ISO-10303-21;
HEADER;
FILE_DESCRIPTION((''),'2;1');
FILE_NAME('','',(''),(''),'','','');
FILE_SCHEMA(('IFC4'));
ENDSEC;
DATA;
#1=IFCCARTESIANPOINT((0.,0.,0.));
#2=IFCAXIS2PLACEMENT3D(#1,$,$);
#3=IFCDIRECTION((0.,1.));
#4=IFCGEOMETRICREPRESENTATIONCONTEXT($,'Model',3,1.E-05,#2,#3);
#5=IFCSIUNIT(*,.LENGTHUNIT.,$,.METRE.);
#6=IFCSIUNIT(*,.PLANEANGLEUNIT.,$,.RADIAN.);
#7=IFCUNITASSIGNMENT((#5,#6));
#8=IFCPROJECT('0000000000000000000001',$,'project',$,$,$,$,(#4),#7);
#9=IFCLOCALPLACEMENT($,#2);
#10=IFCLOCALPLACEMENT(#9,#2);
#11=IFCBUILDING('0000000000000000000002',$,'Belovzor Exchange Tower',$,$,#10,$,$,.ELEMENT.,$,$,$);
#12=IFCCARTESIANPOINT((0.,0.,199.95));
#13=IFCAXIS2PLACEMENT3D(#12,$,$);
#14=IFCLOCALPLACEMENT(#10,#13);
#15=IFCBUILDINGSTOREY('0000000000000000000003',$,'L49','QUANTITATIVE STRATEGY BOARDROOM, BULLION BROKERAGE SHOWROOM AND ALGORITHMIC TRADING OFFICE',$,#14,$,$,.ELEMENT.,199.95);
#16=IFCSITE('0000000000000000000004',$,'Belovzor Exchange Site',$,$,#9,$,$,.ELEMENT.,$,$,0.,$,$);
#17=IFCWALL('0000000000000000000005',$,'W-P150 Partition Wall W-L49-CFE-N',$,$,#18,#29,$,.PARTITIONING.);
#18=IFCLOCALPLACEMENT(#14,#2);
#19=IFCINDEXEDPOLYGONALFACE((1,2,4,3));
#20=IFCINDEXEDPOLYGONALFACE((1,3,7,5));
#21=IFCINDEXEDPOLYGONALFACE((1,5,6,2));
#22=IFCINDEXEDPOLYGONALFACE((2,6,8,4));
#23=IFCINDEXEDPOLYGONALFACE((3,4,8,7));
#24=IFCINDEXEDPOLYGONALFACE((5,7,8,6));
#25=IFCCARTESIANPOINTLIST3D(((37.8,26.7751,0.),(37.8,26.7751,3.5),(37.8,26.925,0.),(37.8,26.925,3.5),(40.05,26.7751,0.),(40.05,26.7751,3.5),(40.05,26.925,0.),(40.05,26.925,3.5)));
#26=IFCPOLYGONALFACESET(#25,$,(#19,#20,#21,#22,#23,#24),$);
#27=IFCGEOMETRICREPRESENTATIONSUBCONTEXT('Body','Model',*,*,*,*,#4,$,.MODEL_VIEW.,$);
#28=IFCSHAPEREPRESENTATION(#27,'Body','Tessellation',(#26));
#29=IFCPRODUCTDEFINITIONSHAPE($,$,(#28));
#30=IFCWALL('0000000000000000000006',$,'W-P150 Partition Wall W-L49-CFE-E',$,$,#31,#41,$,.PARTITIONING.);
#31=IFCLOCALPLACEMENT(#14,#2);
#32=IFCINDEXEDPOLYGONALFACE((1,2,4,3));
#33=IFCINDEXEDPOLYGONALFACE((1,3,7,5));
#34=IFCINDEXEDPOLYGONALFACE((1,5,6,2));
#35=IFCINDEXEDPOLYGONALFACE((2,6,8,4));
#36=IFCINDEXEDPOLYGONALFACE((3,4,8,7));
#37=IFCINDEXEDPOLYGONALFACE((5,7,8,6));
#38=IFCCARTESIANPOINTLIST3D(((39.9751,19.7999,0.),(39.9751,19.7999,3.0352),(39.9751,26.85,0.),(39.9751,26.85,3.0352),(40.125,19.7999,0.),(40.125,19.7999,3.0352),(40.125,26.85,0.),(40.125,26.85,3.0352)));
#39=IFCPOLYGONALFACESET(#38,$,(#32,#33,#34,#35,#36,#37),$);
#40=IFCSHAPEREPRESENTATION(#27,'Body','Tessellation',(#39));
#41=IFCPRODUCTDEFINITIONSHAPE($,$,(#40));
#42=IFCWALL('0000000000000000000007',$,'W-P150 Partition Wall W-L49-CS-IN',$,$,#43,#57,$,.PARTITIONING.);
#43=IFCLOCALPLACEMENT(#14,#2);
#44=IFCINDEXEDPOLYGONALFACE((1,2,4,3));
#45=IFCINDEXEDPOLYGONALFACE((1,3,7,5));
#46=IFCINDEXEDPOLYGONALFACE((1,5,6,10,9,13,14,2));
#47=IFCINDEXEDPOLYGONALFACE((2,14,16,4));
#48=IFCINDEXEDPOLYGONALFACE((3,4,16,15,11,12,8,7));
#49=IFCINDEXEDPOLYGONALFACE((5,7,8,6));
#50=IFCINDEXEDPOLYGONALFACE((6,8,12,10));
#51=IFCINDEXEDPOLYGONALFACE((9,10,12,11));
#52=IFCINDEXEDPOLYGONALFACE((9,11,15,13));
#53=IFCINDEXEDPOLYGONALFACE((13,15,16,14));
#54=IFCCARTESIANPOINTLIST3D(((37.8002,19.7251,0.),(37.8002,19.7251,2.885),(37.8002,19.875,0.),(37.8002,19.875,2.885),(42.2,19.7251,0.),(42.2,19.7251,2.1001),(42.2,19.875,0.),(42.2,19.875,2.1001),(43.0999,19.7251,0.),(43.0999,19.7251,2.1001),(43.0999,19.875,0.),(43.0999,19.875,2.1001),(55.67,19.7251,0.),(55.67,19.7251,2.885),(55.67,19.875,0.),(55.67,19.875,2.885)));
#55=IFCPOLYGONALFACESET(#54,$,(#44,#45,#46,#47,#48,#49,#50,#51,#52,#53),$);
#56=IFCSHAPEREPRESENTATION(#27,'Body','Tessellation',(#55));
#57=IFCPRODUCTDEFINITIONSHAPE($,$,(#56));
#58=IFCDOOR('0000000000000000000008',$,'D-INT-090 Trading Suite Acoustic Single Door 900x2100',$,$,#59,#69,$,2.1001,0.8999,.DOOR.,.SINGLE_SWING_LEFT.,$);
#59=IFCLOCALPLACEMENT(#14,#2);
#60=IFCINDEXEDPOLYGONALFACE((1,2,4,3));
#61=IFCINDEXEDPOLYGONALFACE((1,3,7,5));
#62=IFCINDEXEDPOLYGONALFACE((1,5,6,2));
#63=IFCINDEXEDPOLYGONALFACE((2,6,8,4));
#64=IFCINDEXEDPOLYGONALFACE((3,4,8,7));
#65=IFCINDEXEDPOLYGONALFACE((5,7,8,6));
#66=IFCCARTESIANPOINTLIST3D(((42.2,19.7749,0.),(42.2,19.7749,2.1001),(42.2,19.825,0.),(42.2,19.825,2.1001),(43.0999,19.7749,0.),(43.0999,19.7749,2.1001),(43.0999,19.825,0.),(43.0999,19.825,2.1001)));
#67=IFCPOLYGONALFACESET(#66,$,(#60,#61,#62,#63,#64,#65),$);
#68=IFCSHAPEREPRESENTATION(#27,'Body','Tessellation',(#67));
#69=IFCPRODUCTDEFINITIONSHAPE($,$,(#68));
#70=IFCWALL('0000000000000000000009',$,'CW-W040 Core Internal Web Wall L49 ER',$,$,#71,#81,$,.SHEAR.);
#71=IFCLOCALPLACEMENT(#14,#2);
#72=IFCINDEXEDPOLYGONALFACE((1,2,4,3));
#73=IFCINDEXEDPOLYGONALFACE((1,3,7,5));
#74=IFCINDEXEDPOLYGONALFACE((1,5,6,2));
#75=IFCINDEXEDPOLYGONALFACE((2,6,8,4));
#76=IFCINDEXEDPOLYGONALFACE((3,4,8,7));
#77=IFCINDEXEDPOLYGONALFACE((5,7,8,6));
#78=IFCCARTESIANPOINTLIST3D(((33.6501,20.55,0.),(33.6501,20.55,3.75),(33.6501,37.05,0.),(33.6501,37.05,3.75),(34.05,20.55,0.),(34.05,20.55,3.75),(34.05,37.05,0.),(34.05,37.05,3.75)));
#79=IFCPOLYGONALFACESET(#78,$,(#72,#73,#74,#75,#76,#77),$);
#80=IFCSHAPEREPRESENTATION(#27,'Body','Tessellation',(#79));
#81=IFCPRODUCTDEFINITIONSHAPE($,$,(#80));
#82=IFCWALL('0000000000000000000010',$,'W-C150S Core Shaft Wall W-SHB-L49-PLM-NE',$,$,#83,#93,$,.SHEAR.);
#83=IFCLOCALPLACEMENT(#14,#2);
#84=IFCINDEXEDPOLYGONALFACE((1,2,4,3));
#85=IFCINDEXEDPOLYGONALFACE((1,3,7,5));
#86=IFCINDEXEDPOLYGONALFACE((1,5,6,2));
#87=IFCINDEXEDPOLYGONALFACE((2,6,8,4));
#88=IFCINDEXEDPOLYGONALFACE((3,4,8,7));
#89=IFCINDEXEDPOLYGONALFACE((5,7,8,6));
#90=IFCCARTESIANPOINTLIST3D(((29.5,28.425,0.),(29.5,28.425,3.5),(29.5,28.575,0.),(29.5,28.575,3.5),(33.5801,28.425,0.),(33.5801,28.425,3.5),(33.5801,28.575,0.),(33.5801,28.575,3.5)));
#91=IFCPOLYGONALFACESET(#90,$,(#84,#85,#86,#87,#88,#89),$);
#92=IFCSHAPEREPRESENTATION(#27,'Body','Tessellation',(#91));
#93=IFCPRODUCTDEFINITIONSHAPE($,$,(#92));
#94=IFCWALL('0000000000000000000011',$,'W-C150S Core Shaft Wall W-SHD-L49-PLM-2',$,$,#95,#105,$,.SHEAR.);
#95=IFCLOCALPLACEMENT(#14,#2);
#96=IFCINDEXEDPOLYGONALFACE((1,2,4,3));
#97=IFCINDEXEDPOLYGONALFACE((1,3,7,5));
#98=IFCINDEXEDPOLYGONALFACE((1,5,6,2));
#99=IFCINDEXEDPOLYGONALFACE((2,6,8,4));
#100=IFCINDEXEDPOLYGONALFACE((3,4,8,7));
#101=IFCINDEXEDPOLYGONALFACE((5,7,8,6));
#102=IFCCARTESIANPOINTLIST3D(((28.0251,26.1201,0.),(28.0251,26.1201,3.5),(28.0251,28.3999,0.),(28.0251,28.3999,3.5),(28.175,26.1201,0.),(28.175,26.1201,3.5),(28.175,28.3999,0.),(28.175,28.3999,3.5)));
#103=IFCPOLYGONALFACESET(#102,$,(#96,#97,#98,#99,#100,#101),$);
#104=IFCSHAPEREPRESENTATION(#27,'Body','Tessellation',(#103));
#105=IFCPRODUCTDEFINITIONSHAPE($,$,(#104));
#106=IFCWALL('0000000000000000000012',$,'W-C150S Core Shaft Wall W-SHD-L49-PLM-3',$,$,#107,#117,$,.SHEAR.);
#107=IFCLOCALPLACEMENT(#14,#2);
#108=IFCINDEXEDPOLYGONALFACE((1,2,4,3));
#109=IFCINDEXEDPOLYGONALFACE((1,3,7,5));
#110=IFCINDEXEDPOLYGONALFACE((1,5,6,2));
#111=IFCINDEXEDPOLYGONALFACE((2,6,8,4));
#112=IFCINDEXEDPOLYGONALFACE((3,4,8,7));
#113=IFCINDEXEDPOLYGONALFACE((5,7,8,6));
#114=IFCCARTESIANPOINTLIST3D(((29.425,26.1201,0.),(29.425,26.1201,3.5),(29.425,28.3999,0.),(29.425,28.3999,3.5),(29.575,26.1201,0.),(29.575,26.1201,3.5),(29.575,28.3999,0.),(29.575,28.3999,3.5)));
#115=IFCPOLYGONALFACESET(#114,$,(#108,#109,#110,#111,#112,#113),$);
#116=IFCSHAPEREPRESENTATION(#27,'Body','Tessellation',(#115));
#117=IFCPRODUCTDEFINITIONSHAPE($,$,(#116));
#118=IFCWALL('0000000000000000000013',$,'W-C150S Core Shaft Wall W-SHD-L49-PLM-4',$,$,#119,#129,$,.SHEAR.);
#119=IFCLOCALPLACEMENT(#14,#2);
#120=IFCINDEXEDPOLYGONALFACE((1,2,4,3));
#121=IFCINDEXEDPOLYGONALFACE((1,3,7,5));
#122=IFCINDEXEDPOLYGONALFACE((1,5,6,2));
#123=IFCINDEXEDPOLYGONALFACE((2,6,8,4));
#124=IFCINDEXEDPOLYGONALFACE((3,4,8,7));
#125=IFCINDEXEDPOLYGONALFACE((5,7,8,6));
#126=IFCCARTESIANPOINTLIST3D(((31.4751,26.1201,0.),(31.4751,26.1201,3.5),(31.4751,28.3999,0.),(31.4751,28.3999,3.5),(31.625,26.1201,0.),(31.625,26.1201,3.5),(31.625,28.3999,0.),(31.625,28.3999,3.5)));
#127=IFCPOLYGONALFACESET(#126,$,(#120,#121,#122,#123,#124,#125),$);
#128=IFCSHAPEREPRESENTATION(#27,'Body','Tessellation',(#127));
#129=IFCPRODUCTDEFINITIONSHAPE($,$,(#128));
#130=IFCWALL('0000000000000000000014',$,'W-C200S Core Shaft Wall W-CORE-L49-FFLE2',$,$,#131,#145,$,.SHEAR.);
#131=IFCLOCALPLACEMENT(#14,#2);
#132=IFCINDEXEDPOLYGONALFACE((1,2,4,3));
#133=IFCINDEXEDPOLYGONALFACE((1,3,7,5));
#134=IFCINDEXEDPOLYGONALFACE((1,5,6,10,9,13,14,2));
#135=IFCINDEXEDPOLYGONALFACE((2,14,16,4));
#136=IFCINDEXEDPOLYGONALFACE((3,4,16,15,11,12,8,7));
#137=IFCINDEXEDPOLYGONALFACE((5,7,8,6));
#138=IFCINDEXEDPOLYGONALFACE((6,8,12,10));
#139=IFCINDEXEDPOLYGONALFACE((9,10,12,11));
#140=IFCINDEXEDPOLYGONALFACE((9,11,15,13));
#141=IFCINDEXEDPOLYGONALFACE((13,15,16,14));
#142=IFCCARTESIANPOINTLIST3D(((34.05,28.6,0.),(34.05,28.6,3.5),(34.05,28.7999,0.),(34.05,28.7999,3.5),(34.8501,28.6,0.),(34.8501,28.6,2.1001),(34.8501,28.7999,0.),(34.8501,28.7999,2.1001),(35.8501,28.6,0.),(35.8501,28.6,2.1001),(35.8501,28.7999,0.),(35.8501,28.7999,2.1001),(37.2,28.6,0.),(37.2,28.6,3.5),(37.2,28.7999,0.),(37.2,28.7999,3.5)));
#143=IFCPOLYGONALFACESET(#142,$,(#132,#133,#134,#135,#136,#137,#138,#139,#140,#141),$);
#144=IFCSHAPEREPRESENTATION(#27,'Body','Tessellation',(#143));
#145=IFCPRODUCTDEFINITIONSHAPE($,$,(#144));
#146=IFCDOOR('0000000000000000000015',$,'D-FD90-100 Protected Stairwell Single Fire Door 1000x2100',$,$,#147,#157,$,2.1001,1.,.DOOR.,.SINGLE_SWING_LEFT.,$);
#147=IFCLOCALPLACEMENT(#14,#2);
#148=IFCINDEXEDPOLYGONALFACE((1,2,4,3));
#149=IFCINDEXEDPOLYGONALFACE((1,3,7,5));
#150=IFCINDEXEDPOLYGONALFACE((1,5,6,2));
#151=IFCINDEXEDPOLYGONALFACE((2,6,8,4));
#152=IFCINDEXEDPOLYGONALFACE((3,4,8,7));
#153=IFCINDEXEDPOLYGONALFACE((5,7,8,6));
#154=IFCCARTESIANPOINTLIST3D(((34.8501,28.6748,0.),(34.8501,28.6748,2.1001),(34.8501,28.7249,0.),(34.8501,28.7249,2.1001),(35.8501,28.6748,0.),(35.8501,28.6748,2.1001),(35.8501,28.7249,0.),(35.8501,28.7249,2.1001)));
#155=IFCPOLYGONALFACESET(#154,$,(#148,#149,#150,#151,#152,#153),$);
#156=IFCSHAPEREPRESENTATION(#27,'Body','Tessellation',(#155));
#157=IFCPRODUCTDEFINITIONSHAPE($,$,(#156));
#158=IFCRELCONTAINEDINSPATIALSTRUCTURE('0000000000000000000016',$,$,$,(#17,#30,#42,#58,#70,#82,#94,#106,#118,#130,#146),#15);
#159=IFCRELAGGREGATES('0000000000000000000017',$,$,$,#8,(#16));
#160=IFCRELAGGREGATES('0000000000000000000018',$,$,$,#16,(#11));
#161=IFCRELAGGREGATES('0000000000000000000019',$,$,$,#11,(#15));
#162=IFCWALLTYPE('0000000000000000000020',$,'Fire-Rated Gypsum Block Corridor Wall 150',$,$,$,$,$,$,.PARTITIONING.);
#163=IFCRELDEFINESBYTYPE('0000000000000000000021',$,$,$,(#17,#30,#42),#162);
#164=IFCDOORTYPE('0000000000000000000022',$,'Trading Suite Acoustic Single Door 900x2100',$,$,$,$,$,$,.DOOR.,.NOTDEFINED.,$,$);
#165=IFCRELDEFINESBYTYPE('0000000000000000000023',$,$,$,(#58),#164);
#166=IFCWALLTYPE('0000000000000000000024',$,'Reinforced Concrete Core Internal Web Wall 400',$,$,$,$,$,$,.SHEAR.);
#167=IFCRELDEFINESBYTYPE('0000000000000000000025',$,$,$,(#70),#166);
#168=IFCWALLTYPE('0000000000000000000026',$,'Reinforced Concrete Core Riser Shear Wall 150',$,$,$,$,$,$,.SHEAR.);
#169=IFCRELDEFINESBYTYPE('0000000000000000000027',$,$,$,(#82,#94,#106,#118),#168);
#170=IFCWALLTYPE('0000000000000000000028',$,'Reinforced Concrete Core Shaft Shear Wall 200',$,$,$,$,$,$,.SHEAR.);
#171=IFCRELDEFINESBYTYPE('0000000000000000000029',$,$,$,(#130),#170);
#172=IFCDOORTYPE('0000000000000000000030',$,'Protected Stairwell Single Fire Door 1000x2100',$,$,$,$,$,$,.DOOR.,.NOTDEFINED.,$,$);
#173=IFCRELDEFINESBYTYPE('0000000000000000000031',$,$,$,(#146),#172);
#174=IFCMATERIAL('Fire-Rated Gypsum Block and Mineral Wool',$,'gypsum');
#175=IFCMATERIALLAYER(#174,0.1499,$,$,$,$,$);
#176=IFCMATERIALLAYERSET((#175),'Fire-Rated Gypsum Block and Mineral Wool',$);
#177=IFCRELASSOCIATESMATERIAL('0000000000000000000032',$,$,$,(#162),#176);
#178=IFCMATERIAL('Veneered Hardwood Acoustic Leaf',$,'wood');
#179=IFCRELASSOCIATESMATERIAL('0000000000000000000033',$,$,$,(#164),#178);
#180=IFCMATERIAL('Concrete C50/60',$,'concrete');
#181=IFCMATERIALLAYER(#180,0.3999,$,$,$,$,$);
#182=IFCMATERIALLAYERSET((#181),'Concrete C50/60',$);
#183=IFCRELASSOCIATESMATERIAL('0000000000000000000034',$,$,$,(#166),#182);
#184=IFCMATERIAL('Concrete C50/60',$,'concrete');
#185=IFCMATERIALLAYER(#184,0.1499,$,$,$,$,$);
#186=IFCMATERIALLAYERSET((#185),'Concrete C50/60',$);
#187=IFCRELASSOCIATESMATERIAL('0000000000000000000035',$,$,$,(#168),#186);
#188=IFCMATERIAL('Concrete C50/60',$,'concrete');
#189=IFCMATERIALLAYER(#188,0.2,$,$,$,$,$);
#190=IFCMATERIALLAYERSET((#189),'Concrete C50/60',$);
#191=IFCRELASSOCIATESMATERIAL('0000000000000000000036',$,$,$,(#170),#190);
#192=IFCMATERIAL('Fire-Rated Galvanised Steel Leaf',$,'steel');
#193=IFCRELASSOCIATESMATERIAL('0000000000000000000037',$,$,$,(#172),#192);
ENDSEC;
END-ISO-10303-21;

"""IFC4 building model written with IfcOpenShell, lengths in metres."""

from ifc_helpers import new_model, si_unit, direction, frame, frame_2d, origin, place, context, subcontext, project, spatial, rectangle, extrude, material, layer, layer_set, type_object, element, fill, save


model = new_model("IFC4")

# Units and contexts
model_context = context("Model", 3, precision=1e-05, world=origin(), true_north=direction((0.0, 1.0)))
body_context = subcontext(model_context, "Body", "Model", "MODEL_VIEW")
ifc_project = project(units=[si_unit("LENGTHUNIT", "METRE"), si_unit("PLANEANGLEUNIT", "RADIAN")], contexts=[model_context])

# Site, building, storey
site_placement = place(None, origin())
site = spatial("IfcSite", under=ifc_project, at=site_placement, Name="Belovzor Exchange Site", CompositionType="ELEMENT", RefElevation=0.0)
building_placement = place(site_placement, origin())
building = spatial("IfcBuilding", under=site, at=building_placement, Name="Belovzor Exchange Tower", CompositionType="ELEMENT")
storey_placement = place(building_placement, frame((0.0, 0.0, 199.95)))
storey = spatial("IfcBuildingStorey", under=building, at=storey_placement, Name="L49", Description="QUANTITATIVE STRATEGY BOARDROOM, BULLION BROKERAGE SHOWROOM AND ALGORITHMIC TRADING OFFICE", CompositionType="ELEMENT", Elevation=199.95)

# Walls
ifc_material_1 = material(Name="Fire-Rated Gypsum Block and Mineral Wool", Category="gypsum")
ifc_layer_1 = layer(ifc_material_1, 0.1499)
ifc_layer_set_1 = layer_set([ifc_layer_1], Name="Fire-Rated Gypsum Block and Mineral Wool")
wall_type_1 = type_object("IfcWallType", Name="Fire-Rated Gypsum Block Corridor Wall 150", PredefinedType="PARTITIONING", material=ifc_layer_set_1)
wall_1_placement = place(storey_placement, frame((37.8, 26.8501, 0.0), z_axis=(0.0, 0.0, 1.0), x_axis=(1.0, 0.0, 0.0)))
element("IfcWall", 1, at=wall_1_placement, inside=storey, type_object=wall_type_1, Name="W-P150 Partition Wall W-L49-CFE-N", PredefinedType="PARTITIONING", context=body_context, shape_type="SweptSolid", body=[
    extrude(rectangle(XDim=2.25, YDim=0.1499, at=frame_2d((1.125, 0.0))), origin(), (0.0, 0.0, 1.0), 3.5),
])
wall_2_placement = place(storey_placement, frame((40.05, 19.8, 0.0), z_axis=(0.0, 0.0, 1.0), x_axis=(0.0, 1.0, 0.0)))
element("IfcWall", 2, at=wall_2_placement, inside=storey, type_object=wall_type_1, Name="W-P150 Partition Wall W-L49-CFE-E", PredefinedType="PARTITIONING", context=body_context, shape_type="SweptSolid", body=[
    extrude(rectangle(XDim=7.05, YDim=0.1499, at=frame_2d((3.5249, 0.0))), origin(), (0.0, 0.0, 1.0), 3.0352),
])

# Wall, opening, door
wall_3_placement = place(storey_placement, frame((37.8, 19.8, 0.0), z_axis=(0.0, 0.0, 1.0), x_axis=(1.0, 0.0, 0.0)))
wall_3 = element("IfcWall", 3, at=wall_3_placement, inside=storey, type_object=wall_type_1, Name="W-P150 Partition Wall W-L49-CS-IN", PredefinedType="PARTITIONING", context=body_context, shape_type="SweptSolid", body=[
    extrude(rectangle(XDim=17.8699, YDim=0.1499, at=frame_2d((8.9351, 0.0))), origin(), (0.0, 0.0, 1.0), 2.885),
])
opening_1_placement = place(wall_3_placement, frame((4.3999, 0.0, 0.0)))
opening_1 = element("IfcOpeningElement", 4, at=opening_1_placement, cuts=wall_3, PredefinedType="OPENING", context=body_context, shape_type="SweptSolid", body=[
    extrude(rectangle(XDim=0.8999, YDim=2.1001, at=frame_2d((0.45, 1.05))), frame((0.0, 0.085, 0.0), z_axis=(0.0, -1.0, 0.0), x_axis=(1.0, 0.0, 0.0)), (0.0, 0.0, 1.0), 0.1699),
])
ifc_material_2 = material(Name="Veneered Hardwood Acoustic Leaf", Category="wood")
door_type_1 = type_object("IfcDoorType", Name="Trading Suite Acoustic Single Door 900x2100", OperationType="NOTDEFINED", PredefinedType="DOOR", material=ifc_material_2)
door_1_placement = place(opening_1_placement, origin())
door_1 = element("IfcDoor", 5, at=door_1_placement, inside=storey, type_object=door_type_1, Name="D-INT-090 Trading Suite Acoustic Single Door 900x2100", OperationType="SINGLE_SWING_LEFT", OverallHeight=2.1001, OverallWidth=0.8999, PredefinedType="DOOR", context=body_context, shape_type="SweptSolid", body=[
    extrude(rectangle(XDim=0.8999, YDim=2.1001, at=frame_2d((0.45, 1.05))), frame((0.0, 0.0249, 0.0), z_axis=(0.0, -1.0, 0.0), x_axis=(1.0, 0.0, 0.0)), (0.0, 0.0, 1.0), 0.05),
])
fill(opening_1, door_1)

# Walls
ifc_material_3 = material(Name="Concrete C50/60", Category="concrete")
ifc_layer_2 = layer(ifc_material_3, 0.3999)
ifc_layer_set_2 = layer_set([ifc_layer_2], Name="Concrete C50/60")
wall_type_2 = type_object("IfcWallType", Name="Reinforced Concrete Core Internal Web Wall 400", PredefinedType="SHEAR", material=ifc_layer_set_2)
wall_4_placement = place(storey_placement, frame((33.8501, 20.55, 0.0), z_axis=(0.0, 0.0, 1.0), x_axis=(0.0, 1.0, 0.0)))
element("IfcWall", 6, at=wall_4_placement, inside=storey, type_object=wall_type_2, Name="CW-W040 Core Internal Web Wall L49 ER", PredefinedType="SHEAR", context=body_context, shape_type="SweptSolid", body=[
    extrude(rectangle(XDim=16.5, YDim=0.3999, at=frame_2d((8.25, 0.0))), origin(), (0.0, 0.0, 1.0), 3.75),
])
ifc_material_4 = material(Name="Concrete C50/60", Category="concrete")
ifc_layer_3 = layer(ifc_material_4, 0.1499)
ifc_layer_set_3 = layer_set([ifc_layer_3], Name="Concrete C50/60")
wall_type_3 = type_object("IfcWallType", Name="Reinforced Concrete Core Riser Shear Wall 150", PredefinedType="SHEAR", material=ifc_layer_set_3)
wall_5_placement = place(storey_placement, frame((29.5, 28.5, 0.0), z_axis=(0.0, 0.0, 1.0), x_axis=(1.0, 0.0, 0.0)))
element("IfcWall", 7, at=wall_5_placement, inside=storey, type_object=wall_type_3, Name="W-C150S Core Shaft Wall W-SHB-L49-PLM-NE", PredefinedType="SHEAR", context=body_context, shape_type="SweptSolid", body=[
    extrude(rectangle(XDim=4.0801, YDim=0.1499, at=frame_2d((2.04, 0.0))), origin(), (0.0, 0.0, 1.0), 3.5),
])
for number, where, z_axis, x_axis, name in (
    (8, (28.1001, 26.1201, 0.0), (0.0, 0.0, 1.0), (0.0, 1.0, 0.0), "W-C150S Core Shaft Wall W-SHD-L49-PLM-2"),
    (9, (29.5, 26.1201, 0.0), (0.0, 0.0, 1.0), (0.0, 1.0, 0.0), "W-C150S Core Shaft Wall W-SHD-L49-PLM-3"),
    (10, (31.55, 26.1201, 0.0), (0.0, 0.0, 1.0), (0.0, 1.0, 0.0), "W-C150S Core Shaft Wall W-SHD-L49-PLM-4"),
):
    element("IfcWall", number, at=place(storey_placement, frame(where, z_axis=z_axis, x_axis=x_axis)), inside=storey, type_object=wall_type_3, Name=name, PredefinedType="SHEAR", context=body_context, shape_type="SweptSolid", body=[
        extrude(rectangle(XDim=2.2798, YDim=0.1499, at=frame_2d((1.1399, 0.0))), origin(), (0.0, 0.0, 1.0), 3.5),
    ])

# Wall, opening, door
ifc_material_5 = material(Name="Concrete C50/60", Category="concrete")
ifc_layer_4 = layer(ifc_material_5, 0.2)
ifc_layer_set_4 = layer_set([ifc_layer_4], Name="Concrete C50/60")
wall_type_4 = type_object("IfcWallType", Name="Reinforced Concrete Core Shaft Shear Wall 200", PredefinedType="SHEAR", material=ifc_layer_set_4)
wall_6_placement = place(storey_placement, frame((34.05, 28.7, 0.0), z_axis=(0.0, 0.0, 1.0), x_axis=(1.0, 0.0, 0.0)))
wall_6 = element("IfcWall", 11, at=wall_6_placement, inside=storey, type_object=wall_type_4, Name="W-C200S Core Shaft Wall W-CORE-L49-FFLE2", PredefinedType="SHEAR", context=body_context, shape_type="SweptSolid", body=[
    extrude(rectangle(XDim=3.1499, YDim=0.2, at=frame_2d((1.575, 0.0))), origin(), (0.0, 0.0, 1.0), 3.5),
])
opening_2_placement = place(wall_6_placement, frame((0.8, 0.0, 0.0)))
opening_2 = element("IfcOpeningElement", 12, at=opening_2_placement, cuts=wall_6, PredefinedType="OPENING", context=body_context, shape_type="SweptSolid", body=[
    extrude(rectangle(XDim=1.0, YDim=2.1001, at=frame_2d((0.5, 1.05))), frame((0.0, 0.1099, 0.0), z_axis=(0.0, -1.0, 0.0), x_axis=(1.0, 0.0, 0.0)), (0.0, 0.0, 1.0), 0.22),
])
ifc_material_6 = material(Name="Fire-Rated Galvanised Steel Leaf", Category="steel")
door_type_2 = type_object("IfcDoorType", Name="Protected Stairwell Single Fire Door 1000x2100", OperationType="NOTDEFINED", PredefinedType="DOOR", material=ifc_material_6)
door_2_placement = place(opening_2_placement, origin())
door_2 = element("IfcDoor", 13, at=door_2_placement, inside=storey, type_object=door_type_2, Name="D-FD90-100 Protected Stairwell Single Fire Door 1000x2100", OperationType="SINGLE_SWING_LEFT", OverallHeight=2.1001, OverallWidth=1.0, PredefinedType="DOOR", context=body_context, shape_type="SweptSolid", body=[
    extrude(rectangle(XDim=1.0, YDim=2.1001, at=frame_2d((0.5, 1.05))), frame((0.0, 0.0249, 0.0), z_axis=(0.0, -1.0, 0.0), x_axis=(1.0, 0.0, 0.0)), (0.0, 0.0, 1.0), 0.05),
])
fill(opening_2, door_2)

save(model, "model.ifc")
